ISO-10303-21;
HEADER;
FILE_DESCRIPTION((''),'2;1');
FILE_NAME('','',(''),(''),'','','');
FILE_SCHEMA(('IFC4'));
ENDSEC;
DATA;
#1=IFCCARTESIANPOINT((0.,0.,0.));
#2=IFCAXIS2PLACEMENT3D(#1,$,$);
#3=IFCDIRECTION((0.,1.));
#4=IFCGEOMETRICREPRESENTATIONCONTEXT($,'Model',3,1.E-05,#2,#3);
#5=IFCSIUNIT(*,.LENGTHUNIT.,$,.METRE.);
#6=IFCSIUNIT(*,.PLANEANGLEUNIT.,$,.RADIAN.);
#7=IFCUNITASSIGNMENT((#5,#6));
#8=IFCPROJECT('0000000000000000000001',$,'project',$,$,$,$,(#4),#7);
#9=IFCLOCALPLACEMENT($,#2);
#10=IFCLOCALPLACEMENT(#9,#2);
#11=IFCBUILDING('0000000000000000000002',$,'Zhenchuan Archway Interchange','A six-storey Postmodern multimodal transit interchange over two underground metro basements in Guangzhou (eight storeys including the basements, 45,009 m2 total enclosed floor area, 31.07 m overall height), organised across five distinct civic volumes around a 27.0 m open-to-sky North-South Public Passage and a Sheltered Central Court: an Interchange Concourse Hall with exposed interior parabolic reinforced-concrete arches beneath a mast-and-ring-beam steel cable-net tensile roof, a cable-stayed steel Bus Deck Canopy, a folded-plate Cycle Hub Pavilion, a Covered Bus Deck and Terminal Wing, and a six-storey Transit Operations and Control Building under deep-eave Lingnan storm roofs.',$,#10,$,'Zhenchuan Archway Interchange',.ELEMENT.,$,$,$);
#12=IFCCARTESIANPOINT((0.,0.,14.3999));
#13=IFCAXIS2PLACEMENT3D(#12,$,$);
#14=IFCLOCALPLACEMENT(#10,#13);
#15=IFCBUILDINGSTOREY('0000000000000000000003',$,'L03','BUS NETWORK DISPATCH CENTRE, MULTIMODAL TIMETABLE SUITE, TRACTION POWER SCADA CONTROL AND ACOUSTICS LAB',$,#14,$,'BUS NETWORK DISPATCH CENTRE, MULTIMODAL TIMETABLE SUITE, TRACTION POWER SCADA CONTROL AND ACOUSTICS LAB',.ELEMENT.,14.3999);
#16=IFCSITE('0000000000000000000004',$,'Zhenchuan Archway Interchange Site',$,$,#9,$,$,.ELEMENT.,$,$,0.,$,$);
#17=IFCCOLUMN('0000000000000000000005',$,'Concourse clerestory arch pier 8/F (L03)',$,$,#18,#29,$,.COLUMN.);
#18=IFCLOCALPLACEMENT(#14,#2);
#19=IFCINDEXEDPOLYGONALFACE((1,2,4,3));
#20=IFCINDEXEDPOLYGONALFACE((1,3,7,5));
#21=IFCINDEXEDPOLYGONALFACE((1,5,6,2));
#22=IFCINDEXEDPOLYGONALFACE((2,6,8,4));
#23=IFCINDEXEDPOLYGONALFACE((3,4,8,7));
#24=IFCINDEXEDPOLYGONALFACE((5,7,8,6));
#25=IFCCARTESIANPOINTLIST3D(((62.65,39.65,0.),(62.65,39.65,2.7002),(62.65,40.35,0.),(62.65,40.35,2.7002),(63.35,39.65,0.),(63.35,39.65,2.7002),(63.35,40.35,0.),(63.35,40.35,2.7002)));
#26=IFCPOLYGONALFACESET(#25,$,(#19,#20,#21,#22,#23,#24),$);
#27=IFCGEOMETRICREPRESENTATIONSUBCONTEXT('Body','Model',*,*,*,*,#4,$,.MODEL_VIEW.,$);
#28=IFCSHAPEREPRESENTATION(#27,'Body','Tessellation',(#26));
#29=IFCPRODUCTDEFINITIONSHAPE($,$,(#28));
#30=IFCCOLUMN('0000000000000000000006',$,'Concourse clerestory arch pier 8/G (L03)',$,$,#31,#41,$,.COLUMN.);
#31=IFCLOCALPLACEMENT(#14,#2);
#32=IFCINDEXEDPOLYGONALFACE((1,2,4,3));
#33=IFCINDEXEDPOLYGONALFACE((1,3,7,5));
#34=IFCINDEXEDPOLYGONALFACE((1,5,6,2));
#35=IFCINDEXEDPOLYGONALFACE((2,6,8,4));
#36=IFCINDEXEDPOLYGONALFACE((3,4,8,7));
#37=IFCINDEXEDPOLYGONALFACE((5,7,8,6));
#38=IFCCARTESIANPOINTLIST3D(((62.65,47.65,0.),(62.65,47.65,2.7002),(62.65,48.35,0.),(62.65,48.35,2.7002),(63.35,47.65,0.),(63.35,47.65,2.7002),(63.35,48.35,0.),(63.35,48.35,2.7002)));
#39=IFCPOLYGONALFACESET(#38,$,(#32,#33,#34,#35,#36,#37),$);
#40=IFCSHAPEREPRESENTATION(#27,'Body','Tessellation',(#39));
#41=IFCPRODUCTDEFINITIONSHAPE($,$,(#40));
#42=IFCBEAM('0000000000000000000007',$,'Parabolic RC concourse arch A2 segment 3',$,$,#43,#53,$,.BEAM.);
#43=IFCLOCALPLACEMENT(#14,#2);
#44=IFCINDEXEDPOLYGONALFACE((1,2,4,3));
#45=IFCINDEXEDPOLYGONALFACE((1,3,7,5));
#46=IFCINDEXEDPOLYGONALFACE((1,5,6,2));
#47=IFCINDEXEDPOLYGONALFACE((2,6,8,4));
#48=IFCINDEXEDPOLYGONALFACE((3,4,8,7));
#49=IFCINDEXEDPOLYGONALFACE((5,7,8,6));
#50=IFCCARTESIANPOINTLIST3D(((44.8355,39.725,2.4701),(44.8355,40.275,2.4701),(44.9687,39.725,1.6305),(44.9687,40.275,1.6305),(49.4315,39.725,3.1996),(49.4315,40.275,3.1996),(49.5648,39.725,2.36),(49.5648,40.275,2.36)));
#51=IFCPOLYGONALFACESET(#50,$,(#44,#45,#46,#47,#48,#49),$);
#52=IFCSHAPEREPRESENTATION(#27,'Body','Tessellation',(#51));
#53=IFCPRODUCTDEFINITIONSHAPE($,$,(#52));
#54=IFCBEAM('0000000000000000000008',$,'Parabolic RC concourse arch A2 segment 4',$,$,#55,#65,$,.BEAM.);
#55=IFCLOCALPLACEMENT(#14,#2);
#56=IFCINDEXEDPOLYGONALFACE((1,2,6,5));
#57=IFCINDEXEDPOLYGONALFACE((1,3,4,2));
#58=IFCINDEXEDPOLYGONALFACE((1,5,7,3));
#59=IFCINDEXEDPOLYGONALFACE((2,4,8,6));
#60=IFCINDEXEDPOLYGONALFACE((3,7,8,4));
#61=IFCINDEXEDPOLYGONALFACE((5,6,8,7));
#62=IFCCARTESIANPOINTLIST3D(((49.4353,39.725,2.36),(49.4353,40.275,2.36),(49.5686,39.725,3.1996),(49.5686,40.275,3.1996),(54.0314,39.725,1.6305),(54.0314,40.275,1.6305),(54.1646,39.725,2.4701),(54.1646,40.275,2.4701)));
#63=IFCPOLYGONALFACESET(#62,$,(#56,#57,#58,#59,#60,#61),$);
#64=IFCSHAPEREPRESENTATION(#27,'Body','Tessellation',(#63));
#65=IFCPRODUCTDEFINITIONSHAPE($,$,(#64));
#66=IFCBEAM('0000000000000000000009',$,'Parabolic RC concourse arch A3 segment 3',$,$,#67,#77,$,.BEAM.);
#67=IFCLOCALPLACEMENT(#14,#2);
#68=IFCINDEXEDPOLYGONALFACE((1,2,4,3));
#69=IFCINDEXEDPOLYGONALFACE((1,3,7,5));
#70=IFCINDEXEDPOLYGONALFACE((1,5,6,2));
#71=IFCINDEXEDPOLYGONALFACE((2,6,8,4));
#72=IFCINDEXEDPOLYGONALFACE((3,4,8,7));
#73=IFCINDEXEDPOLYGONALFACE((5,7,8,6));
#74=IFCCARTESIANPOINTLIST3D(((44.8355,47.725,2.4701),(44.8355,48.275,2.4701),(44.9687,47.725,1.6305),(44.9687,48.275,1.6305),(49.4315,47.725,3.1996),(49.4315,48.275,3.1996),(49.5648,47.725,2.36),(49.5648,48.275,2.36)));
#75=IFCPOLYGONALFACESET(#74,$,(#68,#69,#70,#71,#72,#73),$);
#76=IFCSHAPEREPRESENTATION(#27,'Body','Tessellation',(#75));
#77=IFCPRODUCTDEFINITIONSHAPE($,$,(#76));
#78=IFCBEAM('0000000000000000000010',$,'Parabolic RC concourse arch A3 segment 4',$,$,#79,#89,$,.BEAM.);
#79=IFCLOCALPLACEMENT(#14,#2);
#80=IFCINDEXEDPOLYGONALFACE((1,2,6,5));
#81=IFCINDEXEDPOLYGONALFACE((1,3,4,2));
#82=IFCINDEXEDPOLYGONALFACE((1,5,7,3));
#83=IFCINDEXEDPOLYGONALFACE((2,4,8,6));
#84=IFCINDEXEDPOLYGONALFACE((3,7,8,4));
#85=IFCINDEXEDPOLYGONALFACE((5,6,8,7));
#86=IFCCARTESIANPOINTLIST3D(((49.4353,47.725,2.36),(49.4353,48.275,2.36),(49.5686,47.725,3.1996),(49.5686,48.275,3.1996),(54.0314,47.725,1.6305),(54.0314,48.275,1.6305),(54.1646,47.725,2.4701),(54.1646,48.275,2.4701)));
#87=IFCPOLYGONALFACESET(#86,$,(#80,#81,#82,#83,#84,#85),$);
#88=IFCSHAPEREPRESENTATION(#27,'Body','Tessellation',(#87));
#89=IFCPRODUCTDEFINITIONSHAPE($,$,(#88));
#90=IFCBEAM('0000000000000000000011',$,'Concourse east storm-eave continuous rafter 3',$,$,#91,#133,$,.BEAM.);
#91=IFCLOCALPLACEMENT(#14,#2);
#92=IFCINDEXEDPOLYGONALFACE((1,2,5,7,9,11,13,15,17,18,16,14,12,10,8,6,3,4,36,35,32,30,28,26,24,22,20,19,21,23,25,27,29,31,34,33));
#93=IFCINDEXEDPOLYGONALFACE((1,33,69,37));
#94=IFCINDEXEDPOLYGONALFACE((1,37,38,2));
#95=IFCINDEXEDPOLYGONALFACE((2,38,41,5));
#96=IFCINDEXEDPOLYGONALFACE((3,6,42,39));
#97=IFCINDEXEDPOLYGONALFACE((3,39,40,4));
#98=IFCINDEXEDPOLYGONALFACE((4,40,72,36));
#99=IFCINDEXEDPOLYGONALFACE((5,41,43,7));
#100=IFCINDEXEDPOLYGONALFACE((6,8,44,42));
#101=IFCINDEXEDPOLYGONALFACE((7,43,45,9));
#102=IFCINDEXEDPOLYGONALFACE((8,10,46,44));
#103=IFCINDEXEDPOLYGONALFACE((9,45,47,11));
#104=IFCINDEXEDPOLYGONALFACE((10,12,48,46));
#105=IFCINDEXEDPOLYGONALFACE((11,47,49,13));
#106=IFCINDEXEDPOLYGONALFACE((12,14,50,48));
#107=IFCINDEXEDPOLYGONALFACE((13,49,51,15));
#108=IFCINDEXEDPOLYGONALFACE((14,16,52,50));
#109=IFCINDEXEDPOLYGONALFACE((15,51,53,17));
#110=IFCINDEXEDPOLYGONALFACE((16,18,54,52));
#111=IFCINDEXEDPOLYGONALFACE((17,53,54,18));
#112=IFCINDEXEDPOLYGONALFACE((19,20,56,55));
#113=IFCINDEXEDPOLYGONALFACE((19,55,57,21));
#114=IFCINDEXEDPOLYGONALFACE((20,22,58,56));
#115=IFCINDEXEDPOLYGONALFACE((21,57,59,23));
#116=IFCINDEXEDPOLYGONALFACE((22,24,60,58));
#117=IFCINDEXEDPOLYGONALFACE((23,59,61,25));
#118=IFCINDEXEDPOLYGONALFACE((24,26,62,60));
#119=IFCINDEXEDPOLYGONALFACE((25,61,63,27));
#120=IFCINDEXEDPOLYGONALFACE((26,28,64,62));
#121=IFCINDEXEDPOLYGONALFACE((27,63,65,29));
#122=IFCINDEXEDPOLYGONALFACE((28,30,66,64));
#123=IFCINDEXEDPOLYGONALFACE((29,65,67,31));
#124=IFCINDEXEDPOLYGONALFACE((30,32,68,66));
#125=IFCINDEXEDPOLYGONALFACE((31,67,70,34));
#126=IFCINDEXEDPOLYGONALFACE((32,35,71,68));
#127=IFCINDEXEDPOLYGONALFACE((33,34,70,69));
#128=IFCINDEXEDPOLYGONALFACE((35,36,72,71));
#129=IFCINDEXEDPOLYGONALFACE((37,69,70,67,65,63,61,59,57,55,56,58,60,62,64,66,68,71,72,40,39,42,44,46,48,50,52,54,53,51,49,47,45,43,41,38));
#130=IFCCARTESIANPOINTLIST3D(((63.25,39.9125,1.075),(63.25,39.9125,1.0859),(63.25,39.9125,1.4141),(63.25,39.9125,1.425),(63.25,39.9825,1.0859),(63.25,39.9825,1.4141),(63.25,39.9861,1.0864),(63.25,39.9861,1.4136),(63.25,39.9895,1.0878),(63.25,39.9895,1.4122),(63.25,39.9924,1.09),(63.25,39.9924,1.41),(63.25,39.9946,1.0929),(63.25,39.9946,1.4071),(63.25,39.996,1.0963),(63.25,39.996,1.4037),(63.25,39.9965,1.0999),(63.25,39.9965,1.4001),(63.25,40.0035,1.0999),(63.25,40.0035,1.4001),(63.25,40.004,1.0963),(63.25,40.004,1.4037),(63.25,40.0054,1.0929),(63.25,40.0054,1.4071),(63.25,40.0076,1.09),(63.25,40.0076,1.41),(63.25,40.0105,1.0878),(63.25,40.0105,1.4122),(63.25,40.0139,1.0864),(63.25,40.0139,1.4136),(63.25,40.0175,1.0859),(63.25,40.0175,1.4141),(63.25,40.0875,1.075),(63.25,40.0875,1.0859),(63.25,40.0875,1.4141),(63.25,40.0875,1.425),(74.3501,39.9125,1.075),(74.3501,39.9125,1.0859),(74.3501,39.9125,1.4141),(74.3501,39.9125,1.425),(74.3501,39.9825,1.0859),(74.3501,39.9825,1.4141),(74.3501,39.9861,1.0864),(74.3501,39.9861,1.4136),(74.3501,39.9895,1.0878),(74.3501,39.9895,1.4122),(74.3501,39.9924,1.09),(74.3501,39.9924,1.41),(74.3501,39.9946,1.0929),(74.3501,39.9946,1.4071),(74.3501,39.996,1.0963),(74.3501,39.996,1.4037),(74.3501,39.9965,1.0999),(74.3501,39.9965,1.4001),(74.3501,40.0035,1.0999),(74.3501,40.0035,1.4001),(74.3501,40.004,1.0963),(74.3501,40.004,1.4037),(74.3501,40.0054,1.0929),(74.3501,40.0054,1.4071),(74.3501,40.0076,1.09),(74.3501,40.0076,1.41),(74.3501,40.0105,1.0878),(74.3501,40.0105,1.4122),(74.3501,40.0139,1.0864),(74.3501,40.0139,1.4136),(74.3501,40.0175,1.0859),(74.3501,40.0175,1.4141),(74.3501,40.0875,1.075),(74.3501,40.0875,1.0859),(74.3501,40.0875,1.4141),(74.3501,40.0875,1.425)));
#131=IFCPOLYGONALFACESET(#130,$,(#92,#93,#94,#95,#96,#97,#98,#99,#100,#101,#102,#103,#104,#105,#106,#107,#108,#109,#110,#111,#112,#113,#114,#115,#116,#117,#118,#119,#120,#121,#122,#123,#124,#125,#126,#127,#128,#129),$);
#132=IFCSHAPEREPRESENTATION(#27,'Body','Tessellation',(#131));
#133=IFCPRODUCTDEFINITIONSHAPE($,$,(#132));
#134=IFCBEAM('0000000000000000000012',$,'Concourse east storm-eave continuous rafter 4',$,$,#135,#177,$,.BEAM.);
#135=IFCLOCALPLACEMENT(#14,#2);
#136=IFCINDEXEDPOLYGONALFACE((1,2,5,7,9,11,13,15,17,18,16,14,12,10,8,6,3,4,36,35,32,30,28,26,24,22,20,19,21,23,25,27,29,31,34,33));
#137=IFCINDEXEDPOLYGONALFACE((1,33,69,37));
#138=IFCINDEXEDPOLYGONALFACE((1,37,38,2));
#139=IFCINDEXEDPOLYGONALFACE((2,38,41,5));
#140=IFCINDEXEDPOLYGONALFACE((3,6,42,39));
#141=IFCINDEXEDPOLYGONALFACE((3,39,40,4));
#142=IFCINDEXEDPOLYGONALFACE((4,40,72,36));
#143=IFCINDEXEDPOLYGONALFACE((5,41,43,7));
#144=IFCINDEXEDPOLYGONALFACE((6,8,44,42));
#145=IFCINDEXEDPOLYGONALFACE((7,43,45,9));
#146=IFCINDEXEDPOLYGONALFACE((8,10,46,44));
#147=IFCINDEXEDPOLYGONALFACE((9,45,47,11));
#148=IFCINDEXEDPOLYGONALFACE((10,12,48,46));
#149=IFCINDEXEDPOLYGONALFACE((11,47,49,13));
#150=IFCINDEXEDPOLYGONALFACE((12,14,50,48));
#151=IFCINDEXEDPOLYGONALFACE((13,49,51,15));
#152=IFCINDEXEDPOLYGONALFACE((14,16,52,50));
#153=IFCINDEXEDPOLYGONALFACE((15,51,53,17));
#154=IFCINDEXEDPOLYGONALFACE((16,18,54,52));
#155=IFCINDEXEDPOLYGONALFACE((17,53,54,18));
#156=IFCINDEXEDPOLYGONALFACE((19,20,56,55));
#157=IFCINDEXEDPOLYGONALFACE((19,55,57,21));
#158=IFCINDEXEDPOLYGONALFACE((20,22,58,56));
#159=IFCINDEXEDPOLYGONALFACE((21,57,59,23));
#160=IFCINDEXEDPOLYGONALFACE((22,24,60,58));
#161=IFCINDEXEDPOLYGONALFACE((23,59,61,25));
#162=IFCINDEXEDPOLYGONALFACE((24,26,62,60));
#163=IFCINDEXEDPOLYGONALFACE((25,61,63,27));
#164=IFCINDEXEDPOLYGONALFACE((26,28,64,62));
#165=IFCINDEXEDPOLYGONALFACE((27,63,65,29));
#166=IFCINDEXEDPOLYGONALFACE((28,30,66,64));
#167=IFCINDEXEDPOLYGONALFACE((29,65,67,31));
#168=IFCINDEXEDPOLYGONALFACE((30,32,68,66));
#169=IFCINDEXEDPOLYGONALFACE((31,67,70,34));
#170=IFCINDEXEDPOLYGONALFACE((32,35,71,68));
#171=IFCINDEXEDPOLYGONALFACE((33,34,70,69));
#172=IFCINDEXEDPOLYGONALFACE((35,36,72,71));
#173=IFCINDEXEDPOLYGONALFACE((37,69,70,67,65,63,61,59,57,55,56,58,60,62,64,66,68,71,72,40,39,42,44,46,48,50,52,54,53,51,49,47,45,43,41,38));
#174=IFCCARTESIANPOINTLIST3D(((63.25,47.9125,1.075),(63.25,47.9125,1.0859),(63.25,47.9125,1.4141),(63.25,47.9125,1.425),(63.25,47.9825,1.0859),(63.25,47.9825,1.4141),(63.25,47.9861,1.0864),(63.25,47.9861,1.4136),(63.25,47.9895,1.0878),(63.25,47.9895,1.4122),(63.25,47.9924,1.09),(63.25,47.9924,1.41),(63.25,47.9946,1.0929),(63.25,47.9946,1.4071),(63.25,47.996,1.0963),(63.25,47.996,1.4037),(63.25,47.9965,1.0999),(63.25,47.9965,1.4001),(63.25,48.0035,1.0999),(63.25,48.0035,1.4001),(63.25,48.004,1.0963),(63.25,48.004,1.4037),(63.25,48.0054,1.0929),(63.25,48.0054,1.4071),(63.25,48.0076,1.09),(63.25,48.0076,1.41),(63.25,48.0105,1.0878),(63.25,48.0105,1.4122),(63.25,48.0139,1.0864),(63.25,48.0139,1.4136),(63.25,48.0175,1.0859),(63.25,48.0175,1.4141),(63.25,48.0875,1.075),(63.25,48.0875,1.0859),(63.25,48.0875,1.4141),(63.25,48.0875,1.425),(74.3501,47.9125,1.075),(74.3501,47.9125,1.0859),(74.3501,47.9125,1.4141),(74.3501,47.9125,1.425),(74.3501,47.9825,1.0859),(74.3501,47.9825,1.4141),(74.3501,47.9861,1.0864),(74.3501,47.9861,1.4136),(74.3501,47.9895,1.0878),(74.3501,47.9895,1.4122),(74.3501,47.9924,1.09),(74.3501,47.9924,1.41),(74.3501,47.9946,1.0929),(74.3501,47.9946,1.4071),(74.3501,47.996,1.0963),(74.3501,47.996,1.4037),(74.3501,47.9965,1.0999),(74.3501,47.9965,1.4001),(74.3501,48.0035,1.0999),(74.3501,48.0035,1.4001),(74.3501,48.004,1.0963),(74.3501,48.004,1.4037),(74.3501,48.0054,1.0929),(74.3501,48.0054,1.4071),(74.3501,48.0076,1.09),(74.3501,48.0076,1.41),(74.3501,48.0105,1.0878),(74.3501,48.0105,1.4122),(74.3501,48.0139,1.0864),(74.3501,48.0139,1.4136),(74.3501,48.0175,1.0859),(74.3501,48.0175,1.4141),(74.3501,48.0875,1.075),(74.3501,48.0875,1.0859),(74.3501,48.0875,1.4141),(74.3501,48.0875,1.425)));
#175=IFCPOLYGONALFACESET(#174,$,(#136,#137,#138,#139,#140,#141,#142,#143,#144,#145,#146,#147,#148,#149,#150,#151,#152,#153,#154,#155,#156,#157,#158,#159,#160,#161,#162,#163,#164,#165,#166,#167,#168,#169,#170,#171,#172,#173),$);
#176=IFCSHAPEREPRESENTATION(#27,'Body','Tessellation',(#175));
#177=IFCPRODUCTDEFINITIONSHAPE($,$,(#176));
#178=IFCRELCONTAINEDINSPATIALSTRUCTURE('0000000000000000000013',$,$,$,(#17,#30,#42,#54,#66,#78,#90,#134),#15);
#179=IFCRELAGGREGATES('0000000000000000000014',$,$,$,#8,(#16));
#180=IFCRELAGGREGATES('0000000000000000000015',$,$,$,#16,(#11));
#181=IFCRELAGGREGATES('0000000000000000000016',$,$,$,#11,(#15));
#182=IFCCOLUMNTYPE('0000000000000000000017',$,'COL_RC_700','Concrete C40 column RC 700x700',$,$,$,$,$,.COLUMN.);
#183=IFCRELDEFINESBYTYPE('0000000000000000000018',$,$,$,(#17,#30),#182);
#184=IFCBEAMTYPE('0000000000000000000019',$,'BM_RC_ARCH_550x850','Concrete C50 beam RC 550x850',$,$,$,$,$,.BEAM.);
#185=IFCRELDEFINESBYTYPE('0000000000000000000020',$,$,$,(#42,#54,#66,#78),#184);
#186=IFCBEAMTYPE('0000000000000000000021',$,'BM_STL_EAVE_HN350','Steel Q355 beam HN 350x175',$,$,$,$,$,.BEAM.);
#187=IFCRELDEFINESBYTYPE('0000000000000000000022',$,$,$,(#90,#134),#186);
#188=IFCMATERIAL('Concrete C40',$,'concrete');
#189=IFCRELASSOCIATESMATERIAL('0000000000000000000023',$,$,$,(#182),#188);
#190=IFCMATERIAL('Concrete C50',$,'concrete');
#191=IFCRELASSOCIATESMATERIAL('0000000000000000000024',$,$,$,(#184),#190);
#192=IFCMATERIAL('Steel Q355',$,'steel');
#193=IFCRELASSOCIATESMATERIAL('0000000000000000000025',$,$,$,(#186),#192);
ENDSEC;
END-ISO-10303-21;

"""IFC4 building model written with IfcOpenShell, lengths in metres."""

from ifc_helpers import new_model, si_unit, direction, frame, origin, origin_2d, place, context, subcontext, project, spatial, rectangle, i_section, extrude, material, material_profile, profile_set, type_object, element, save


model = new_model("IFC4")

# Units and contexts
model_context = context("Model", 3, precision=1e-05, world=origin(), true_north=direction((0.0, 1.0)))
body_context = subcontext(model_context, "Body", "Model", "MODEL_VIEW")
ifc_project = project(units=[si_unit("LENGTHUNIT", "METRE"), si_unit("PLANEANGLEUNIT", "RADIAN")], contexts=[model_context])

# Site, building, storey
site_placement = place(None, origin())
site = spatial("IfcSite", under=ifc_project, at=site_placement, Name="Zhenchuan Archway Interchange Site", CompositionType="ELEMENT", RefElevation=0.0)
building_placement = place(site_placement, origin())
building = spatial("IfcBuilding", under=site, at=building_placement, Name="Zhenchuan Archway Interchange", Description="A six-storey Postmodern multimodal transit interchange over two underground metro basements in Guangzhou (eight storeys including the basements, 45,009 m2 total enclosed floor area, 31.07 m overall height), organised across five distinct civic volumes around a 27.0 m open-to-sky North-South Public Passage and a Sheltered Central Court: an Interchange Concourse Hall with exposed interior parabolic reinforced-concrete arches beneath a mast-and-ring-beam steel cable-net tensile roof, a cable-stayed steel Bus Deck Canopy, a folded-plate Cycle Hub Pavilion, a Covered Bus Deck and Terminal Wing, and a six-storey Transit Operations and Control Building under deep-eave Lingnan storm roofs.", LongName="Zhenchuan Archway Interchange", CompositionType="ELEMENT")
storey_placement = place(building_placement, frame((0.0, 0.0, 14.3999)))
storey = spatial("IfcBuildingStorey", under=building, at=storey_placement, Name="L03", Description="BUS NETWORK DISPATCH CENTRE, MULTIMODAL TIMETABLE SUITE, TRACTION POWER SCADA CONTROL AND ACOUSTICS LAB", LongName="BUS NETWORK DISPATCH CENTRE, MULTIMODAL TIMETABLE SUITE, TRACTION POWER SCADA CONTROL AND ACOUSTICS LAB", CompositionType="ELEMENT", Elevation=14.3999)

# Columns
ifc_material_1 = material(Name="Concrete C40", Category="concrete")
ifc_material_profile_1 = material_profile(ifc_material_1, rectangle(XDim=0.7, YDim=0.7, at=origin_2d()), Name="RC 700x700")
ifc_profile_set_1 = profile_set([ifc_material_profile_1], Name="Concrete C40")
column_type = type_object("IfcColumnType", Name="COL_RC_700", Description="Concrete C40 column RC 700x700", PredefinedType="COLUMN", material=ifc_profile_set_1)
for number, where, z_axis, x_axis, name in (
    (1, (63.0, 40.0, 0.0), (0.0, 0.0, 1.0), (1.0, 0.0, 0.0), "Concourse clerestory arch pier 8/F (L03)"),
    (2, (63.0, 48.0, 0.0), (0.0, 0.0, 1.0), (1.0, 0.0, 0.0), "Concourse clerestory arch pier 8/G (L03)"),
):
    element("IfcColumn", number, at=place(storey_placement, frame(where, z_axis=z_axis, x_axis=x_axis)), inside=storey, type_object=column_type, Name=name, PredefinedType="COLUMN", context=body_context, shape_type="SweptSolid", body=[
        extrude(rectangle(XDim=0.7, YDim=0.7, at=origin_2d()), origin(), (0.0, 0.0, 1.0), 2.7002),
    ])

# Beams
ifc_material_2 = material(Name="Concrete C50", Category="concrete")
ifc_material_profile_2 = material_profile(ifc_material_2, rectangle(XDim=0.55, YDim=0.8501, at=origin_2d()), Name="RC 550x850")
ifc_profile_set_2 = profile_set([ifc_material_profile_2], Name="Concrete C50")
beam_type_1 = type_object("IfcBeamType", Name="BM_RC_ARCH_550x850", Description="Concrete C50 beam RC 550x850", PredefinedType="BEAM", material=ifc_profile_set_2)
for number, where, z_axis, x_axis, name in (
    (3, (44.9021, 40.0, 2.0503), (0.987636, 0.0, 0.156763), (0.0, 1.0, 0.0), "Parabolic RC concourse arch A2 segment 3"),
    (4, (49.502, 40.0, 2.7798), (0.987636, 0.0, -0.156763), (0.0, 1.0, 0.0), "Parabolic RC concourse arch A2 segment 4"),
    (5, (44.9021, 48.0, 2.0503), (0.987636, 0.0, 0.156763), (0.0, 1.0, 0.0), "Parabolic RC concourse arch A3 segment 3"),
    (6, (49.502, 48.0, 2.7798), (0.987636, 0.0, -0.156763), (0.0, 1.0, 0.0), "Parabolic RC concourse arch A3 segment 4"),
):
    element("IfcBeam", number, at=place(storey_placement, frame(where, z_axis=z_axis, x_axis=x_axis)), inside=storey, type_object=beam_type_1, Name=name, PredefinedType="BEAM", context=body_context, shape_type="SweptSolid", body=[
        extrude(rectangle(XDim=0.55, YDim=0.8501, at=origin_2d()), origin(), (0.0, 0.0, 1.0), 4.6536),
    ])
ifc_material_3 = material(Name="Steel Q355", Category="steel")
ifc_material_profile_3 = material_profile(ifc_material_3, i_section(OverallWidth=0.175, OverallDepth=0.3501, WebThickness=0.0071, FlangeThickness=0.011, FilletRadius=0.0139, at=origin_2d()), Name="HN 350x175")
ifc_profile_set_3 = profile_set([ifc_material_profile_3], Name="Steel Q355")
beam_type_2 = type_object("IfcBeamType", Name="BM_STL_EAVE_HN350", Description="Steel Q355 beam HN 350x175", PredefinedType="BEAM", material=ifc_profile_set_3)
for number, where, z_axis, x_axis, name in (
    (7, (63.25, 40.0, 1.25), (1.0, 0.0, 0.0), (0.0, 1.0, 0.0), "Concourse east storm-eave continuous rafter 3"),
    (8, (63.25, 48.0, 1.25), (1.0, 0.0, 0.0), (0.0, 1.0, 0.0), "Concourse east storm-eave continuous rafter 4"),
):
    element("IfcBeam", number, at=place(storey_placement, frame(where, z_axis=z_axis, x_axis=x_axis)), inside=storey, type_object=beam_type_2, Name=name, PredefinedType="BEAM", context=body_context, shape_type="SweptSolid", body=[
        extrude(i_section(OverallWidth=0.175, OverallDepth=0.3501, WebThickness=0.0071, FlangeThickness=0.011, FilletRadius=0.0139, at=origin_2d()), origin(), (0.0, 0.0, 1.0), 11.1001),
    ])

save(model, "model.ifc")
